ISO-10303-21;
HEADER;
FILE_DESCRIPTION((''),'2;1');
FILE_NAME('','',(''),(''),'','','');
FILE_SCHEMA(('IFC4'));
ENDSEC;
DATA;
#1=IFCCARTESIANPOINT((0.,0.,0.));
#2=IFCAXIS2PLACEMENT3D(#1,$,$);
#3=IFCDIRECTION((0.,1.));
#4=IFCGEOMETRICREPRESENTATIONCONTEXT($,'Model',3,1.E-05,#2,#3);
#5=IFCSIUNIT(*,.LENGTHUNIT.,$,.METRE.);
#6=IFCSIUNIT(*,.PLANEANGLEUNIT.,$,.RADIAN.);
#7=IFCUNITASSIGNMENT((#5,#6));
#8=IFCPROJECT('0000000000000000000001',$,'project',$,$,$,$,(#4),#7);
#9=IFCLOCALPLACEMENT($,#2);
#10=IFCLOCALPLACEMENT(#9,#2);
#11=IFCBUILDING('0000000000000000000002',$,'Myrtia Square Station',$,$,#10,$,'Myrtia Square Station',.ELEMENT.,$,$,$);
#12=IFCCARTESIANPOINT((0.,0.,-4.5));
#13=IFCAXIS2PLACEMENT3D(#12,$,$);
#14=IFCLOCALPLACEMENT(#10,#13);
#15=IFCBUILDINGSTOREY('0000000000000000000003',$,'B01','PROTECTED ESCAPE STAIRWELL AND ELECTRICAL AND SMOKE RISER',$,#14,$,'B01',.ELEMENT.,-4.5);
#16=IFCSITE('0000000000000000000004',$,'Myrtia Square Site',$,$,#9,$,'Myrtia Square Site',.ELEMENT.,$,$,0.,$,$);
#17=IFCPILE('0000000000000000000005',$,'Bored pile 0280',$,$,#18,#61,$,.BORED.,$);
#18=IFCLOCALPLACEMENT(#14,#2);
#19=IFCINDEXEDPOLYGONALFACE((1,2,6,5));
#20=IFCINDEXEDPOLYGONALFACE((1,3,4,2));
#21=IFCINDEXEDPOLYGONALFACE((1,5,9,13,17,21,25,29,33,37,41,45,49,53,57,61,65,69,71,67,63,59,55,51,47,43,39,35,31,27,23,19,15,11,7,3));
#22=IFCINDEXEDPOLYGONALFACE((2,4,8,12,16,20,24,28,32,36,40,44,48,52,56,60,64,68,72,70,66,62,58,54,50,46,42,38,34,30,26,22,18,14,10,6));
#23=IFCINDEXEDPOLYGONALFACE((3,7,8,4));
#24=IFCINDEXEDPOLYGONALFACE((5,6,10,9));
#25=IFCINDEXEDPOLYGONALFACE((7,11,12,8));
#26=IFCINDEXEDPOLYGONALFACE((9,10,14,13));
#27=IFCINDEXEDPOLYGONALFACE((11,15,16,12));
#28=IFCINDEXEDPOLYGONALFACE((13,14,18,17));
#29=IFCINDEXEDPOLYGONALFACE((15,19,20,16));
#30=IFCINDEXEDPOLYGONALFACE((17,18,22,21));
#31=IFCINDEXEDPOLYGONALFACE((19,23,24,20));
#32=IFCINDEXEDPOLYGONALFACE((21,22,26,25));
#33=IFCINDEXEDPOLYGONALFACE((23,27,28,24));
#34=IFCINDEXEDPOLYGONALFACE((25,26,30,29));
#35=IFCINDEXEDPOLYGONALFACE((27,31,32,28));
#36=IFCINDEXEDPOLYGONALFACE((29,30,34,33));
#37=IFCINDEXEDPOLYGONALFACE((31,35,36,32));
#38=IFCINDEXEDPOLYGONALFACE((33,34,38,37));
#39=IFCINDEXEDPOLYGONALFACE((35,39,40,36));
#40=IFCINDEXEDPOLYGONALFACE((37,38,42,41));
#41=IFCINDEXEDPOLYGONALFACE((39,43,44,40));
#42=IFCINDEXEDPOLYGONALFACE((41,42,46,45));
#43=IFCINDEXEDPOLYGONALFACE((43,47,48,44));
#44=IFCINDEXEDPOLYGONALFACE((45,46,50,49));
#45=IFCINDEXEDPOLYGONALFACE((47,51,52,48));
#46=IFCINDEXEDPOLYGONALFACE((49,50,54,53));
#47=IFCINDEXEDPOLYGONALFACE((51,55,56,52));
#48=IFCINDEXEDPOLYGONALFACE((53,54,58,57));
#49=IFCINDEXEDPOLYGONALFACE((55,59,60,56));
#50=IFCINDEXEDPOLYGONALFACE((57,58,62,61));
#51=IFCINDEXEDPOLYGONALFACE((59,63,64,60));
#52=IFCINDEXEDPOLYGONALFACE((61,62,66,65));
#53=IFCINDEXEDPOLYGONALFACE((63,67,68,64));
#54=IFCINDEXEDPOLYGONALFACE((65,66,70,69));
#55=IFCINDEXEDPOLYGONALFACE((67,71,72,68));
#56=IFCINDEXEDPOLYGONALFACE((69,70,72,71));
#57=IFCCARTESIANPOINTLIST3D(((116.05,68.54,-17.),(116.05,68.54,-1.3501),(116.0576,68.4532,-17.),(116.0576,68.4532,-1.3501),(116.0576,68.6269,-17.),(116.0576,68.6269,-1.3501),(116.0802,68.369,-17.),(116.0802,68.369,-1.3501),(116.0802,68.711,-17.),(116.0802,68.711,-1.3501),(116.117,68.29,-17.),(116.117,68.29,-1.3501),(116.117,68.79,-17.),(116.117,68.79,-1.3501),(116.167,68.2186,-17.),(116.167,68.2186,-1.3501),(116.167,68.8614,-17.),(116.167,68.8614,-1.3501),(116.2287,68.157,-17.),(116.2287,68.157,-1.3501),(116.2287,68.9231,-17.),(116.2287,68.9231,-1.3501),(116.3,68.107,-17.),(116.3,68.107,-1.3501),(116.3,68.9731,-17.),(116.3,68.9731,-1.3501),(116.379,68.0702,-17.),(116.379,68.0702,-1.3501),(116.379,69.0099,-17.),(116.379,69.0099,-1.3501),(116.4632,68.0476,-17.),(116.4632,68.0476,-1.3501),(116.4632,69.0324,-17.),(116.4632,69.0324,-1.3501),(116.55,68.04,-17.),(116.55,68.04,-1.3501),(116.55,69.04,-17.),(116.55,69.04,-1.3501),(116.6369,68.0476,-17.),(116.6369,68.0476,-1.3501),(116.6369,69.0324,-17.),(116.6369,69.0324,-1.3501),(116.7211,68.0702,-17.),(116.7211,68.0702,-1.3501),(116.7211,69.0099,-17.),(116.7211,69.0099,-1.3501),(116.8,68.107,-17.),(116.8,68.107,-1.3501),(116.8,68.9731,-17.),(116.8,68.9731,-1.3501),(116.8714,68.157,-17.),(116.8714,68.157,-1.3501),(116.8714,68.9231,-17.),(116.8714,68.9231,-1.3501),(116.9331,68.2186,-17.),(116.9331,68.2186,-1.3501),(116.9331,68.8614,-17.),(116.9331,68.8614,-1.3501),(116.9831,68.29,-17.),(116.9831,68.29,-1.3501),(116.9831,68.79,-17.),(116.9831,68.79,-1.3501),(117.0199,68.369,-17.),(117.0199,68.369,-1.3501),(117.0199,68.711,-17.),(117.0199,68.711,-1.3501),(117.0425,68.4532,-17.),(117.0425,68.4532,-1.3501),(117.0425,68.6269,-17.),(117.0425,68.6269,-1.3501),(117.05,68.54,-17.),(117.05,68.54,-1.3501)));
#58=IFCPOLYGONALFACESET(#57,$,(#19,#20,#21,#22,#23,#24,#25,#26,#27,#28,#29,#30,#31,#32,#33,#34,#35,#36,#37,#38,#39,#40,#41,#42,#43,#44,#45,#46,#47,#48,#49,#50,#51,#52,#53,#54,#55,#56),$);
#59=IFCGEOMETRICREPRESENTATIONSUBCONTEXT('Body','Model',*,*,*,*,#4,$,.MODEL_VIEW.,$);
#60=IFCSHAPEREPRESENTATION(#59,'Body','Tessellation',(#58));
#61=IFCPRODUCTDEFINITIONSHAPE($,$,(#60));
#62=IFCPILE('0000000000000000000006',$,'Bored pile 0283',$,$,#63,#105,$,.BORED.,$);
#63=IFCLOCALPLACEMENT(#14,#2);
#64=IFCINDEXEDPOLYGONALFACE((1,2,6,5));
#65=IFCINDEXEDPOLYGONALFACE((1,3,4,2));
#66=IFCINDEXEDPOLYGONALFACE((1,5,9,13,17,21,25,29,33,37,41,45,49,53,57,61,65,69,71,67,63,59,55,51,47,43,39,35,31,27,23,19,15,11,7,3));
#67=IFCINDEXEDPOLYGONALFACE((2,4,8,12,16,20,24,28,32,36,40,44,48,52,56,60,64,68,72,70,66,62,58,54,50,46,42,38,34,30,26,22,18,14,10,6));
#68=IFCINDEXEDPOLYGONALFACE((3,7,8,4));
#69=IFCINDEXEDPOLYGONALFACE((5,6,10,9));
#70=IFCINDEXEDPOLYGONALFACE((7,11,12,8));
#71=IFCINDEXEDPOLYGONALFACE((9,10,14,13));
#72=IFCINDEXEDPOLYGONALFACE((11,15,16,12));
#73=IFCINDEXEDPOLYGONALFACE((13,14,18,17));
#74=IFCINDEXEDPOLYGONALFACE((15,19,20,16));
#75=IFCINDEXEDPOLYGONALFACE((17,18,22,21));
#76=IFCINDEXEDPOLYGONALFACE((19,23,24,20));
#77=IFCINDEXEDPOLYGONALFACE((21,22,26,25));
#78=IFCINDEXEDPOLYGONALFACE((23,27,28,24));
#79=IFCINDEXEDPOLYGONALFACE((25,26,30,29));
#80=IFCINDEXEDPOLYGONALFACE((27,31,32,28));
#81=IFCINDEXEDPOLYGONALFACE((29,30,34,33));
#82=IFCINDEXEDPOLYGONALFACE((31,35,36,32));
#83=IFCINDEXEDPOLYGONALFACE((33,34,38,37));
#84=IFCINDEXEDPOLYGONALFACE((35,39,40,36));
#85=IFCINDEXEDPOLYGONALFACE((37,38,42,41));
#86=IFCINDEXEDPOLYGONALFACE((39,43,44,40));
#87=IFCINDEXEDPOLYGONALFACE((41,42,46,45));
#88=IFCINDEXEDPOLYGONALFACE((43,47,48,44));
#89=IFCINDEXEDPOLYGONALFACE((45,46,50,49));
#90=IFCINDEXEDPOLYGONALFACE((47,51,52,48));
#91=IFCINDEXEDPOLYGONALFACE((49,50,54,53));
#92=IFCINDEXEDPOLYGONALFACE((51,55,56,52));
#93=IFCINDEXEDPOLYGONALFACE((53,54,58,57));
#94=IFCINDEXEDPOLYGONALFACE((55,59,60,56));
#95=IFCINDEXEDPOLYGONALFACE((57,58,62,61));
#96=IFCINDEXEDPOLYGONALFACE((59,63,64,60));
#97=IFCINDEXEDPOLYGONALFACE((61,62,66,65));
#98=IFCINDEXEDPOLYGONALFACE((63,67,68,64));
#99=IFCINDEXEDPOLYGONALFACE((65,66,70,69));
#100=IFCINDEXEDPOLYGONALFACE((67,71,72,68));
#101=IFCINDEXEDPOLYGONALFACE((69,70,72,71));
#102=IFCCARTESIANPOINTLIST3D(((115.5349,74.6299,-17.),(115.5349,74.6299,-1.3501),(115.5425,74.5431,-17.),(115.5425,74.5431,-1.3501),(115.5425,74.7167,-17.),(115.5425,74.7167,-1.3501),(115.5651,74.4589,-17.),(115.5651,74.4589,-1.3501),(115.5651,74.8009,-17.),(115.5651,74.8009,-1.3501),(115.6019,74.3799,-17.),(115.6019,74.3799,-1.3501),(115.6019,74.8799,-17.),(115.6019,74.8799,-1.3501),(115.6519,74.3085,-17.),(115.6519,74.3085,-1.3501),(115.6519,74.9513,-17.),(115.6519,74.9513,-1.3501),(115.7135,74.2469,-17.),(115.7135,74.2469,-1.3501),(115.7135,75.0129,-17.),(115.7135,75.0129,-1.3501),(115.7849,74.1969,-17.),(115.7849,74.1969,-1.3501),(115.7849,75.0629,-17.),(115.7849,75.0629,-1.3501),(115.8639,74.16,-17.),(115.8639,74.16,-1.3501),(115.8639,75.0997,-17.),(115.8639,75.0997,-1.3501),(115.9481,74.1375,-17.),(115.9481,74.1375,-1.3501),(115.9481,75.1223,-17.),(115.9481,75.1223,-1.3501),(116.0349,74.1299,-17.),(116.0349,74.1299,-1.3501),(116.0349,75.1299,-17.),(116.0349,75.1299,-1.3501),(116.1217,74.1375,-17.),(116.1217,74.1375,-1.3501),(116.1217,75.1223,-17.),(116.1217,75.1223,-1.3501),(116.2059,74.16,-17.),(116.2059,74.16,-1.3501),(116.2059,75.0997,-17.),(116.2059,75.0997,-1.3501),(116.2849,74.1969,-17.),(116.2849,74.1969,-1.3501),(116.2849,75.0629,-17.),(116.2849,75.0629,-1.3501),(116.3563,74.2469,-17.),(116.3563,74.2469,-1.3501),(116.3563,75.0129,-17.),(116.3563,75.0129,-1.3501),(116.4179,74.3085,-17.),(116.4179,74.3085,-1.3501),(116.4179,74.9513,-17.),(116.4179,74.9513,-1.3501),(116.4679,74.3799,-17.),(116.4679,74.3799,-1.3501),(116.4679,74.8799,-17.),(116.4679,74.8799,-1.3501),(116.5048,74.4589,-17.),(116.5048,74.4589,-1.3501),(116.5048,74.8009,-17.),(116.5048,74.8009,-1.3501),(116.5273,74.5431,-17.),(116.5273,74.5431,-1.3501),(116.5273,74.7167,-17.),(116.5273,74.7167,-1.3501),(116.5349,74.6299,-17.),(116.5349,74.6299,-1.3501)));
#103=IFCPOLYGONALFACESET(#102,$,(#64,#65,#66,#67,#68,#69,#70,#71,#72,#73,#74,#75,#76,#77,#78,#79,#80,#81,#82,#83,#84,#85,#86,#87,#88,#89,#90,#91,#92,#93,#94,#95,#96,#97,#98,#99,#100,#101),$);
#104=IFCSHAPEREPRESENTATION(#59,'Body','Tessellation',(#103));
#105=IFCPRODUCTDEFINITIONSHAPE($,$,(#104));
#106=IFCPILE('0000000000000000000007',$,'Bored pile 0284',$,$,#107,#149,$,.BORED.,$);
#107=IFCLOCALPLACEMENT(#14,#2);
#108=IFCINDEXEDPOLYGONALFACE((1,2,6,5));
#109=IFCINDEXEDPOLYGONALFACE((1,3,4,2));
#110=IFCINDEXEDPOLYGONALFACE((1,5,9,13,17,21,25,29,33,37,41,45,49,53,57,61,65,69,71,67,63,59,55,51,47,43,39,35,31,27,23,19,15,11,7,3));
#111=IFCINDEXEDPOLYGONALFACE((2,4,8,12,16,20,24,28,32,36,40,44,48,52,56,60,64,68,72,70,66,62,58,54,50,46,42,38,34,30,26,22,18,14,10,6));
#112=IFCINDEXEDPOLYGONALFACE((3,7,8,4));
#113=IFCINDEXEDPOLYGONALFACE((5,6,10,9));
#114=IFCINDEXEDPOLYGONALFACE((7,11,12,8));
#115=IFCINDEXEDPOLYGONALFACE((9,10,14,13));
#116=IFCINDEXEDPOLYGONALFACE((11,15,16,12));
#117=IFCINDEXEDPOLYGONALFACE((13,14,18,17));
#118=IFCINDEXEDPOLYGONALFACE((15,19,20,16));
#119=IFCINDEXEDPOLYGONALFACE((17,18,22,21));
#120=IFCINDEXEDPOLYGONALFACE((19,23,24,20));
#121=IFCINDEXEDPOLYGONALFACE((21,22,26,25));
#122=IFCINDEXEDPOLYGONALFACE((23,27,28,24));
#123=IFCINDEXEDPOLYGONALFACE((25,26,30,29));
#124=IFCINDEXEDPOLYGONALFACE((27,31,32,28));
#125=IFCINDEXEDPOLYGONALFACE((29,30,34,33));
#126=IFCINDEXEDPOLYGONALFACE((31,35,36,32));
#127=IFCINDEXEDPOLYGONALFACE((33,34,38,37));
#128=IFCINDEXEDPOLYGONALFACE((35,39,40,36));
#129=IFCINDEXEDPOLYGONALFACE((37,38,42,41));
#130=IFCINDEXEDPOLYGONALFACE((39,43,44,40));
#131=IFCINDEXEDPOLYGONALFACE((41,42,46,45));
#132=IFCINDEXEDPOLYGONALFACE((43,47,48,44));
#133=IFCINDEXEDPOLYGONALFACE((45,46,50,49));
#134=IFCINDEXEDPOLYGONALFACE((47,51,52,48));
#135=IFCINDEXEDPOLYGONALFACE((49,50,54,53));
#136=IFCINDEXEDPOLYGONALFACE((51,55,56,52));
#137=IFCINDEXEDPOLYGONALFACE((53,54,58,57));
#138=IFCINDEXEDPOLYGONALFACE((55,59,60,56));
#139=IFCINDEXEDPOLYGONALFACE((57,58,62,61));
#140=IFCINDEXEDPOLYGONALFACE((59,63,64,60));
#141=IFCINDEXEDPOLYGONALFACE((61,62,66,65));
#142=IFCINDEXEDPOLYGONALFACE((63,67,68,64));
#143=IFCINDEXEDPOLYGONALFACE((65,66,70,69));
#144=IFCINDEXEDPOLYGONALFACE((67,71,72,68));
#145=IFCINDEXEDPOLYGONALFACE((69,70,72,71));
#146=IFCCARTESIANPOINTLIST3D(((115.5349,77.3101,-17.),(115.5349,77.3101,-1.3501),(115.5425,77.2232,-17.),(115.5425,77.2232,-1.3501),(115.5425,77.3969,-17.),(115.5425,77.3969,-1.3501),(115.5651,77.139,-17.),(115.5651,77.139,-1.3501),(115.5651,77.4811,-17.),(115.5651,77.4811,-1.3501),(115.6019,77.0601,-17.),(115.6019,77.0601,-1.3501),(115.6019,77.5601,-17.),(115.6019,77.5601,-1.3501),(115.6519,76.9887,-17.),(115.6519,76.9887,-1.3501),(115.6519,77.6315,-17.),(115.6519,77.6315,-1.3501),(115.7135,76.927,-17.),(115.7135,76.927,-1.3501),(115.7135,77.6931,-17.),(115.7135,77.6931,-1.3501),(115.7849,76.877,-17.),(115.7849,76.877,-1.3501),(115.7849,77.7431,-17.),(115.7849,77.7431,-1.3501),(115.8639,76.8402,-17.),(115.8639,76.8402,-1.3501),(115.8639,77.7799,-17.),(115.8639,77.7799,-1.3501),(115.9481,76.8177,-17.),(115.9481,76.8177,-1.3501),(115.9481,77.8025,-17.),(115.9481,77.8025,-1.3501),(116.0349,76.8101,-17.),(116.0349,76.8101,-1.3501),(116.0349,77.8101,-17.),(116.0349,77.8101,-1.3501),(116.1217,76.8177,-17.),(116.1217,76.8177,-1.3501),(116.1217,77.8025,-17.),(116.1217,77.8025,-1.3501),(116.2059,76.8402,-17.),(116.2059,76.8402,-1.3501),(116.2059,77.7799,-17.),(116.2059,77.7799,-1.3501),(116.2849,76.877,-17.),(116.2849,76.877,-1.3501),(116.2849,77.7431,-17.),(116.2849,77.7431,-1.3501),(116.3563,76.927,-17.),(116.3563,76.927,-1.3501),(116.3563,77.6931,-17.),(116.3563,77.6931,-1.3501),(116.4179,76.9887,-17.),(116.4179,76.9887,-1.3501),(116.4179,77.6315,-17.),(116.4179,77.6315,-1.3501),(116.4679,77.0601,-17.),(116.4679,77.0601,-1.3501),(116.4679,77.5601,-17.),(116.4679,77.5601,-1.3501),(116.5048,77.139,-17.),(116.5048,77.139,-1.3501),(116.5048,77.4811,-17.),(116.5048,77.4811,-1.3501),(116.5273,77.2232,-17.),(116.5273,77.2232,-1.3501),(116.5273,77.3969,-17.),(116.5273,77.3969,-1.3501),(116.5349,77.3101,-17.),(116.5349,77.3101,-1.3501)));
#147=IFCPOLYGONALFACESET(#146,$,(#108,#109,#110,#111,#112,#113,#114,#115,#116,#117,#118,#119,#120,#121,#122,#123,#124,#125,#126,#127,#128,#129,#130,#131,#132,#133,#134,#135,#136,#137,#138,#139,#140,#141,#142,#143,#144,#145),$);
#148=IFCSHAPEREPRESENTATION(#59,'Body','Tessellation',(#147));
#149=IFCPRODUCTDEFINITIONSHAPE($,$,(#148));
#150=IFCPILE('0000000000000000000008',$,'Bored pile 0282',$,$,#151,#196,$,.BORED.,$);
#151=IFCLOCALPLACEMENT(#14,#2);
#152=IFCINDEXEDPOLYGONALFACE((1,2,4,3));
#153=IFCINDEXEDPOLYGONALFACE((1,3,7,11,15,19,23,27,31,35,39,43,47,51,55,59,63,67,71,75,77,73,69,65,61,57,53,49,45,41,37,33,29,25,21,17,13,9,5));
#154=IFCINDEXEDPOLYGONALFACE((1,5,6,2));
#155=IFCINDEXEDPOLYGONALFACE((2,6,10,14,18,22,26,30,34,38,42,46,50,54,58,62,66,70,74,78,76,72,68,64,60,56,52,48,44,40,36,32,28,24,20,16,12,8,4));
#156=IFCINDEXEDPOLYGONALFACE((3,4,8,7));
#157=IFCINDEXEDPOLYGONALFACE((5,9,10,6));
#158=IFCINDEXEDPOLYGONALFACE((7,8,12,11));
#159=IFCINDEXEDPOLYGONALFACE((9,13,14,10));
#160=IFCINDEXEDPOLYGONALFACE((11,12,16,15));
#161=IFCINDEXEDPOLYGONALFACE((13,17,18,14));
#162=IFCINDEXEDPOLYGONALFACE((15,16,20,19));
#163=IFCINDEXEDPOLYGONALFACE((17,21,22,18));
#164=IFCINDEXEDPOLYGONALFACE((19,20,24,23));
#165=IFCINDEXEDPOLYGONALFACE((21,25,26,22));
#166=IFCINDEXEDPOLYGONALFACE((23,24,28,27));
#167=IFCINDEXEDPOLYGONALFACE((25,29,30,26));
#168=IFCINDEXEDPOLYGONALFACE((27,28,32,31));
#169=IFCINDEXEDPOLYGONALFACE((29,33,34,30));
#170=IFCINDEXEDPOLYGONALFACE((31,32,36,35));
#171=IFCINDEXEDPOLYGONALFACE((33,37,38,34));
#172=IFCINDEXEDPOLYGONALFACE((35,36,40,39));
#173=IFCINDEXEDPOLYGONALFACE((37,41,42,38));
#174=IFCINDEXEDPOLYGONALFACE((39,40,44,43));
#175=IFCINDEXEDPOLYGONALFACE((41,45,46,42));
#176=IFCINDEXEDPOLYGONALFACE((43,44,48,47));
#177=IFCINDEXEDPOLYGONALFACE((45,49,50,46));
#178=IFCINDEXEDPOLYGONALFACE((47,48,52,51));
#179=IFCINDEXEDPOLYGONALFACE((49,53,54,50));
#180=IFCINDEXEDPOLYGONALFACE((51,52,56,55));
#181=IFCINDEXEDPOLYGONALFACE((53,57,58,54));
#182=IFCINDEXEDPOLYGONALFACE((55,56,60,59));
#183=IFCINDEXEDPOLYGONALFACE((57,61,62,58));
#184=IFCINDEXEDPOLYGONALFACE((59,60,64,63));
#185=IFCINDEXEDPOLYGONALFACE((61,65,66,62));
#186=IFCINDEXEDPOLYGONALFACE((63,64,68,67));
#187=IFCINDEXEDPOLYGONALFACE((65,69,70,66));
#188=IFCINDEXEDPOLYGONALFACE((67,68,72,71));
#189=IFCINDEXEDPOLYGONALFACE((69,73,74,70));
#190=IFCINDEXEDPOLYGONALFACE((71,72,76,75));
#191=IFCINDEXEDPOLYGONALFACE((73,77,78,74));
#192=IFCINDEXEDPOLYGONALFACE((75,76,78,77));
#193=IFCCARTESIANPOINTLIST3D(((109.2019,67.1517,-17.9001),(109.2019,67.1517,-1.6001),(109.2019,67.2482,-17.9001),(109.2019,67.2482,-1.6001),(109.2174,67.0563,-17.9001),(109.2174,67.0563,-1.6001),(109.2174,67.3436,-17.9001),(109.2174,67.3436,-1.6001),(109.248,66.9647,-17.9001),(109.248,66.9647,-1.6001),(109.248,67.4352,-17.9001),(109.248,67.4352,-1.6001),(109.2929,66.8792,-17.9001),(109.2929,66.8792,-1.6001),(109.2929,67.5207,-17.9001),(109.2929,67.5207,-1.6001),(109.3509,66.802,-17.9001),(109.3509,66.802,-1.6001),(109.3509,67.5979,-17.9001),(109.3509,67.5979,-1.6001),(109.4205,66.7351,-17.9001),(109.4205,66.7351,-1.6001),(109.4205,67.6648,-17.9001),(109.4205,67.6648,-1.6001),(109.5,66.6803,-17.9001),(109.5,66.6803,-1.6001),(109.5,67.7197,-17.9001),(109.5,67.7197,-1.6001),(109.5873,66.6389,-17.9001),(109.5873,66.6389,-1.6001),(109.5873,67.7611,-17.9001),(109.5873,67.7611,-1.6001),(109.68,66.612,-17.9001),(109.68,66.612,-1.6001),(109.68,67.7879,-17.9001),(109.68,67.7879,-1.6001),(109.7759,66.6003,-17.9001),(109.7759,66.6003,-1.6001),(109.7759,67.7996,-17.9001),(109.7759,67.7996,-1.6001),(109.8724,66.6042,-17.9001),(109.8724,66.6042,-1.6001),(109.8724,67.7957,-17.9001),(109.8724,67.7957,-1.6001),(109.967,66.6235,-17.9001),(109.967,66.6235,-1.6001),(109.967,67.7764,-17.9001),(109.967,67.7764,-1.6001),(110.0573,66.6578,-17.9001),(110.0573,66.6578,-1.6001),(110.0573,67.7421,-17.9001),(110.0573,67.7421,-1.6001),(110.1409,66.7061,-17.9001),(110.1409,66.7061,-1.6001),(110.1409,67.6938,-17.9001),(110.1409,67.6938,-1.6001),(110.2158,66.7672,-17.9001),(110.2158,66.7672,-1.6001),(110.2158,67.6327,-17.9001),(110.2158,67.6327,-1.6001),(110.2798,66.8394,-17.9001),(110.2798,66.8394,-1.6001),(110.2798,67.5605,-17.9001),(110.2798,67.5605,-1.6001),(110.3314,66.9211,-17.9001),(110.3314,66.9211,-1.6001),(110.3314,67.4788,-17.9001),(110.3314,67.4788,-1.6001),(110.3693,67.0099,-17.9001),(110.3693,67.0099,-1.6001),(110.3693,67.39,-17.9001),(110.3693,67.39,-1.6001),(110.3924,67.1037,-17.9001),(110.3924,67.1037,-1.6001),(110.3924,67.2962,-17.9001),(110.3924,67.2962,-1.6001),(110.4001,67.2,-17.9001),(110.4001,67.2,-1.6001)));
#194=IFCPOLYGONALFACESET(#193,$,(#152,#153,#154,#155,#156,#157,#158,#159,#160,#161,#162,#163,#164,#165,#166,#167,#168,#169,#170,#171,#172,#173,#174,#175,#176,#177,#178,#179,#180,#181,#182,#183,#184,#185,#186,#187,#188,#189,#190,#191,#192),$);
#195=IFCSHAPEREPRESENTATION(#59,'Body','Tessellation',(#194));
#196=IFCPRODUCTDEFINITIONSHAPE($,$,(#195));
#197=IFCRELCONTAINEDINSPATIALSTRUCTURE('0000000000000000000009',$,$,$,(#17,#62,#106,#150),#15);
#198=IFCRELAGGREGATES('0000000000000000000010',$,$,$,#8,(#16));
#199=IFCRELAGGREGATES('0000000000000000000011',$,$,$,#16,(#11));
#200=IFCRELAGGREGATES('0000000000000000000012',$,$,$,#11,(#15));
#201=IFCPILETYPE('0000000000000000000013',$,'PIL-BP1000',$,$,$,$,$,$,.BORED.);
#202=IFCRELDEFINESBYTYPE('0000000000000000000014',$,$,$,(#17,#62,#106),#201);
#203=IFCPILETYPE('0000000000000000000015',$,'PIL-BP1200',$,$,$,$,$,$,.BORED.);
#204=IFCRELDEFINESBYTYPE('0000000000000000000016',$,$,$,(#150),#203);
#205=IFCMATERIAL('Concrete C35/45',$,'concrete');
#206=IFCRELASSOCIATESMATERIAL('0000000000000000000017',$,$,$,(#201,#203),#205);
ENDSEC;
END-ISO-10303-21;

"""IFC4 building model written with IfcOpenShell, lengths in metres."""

from ifc_helpers import new_model, si_unit, direction, frame, origin, origin_2d, place, context, subcontext, project, spatial, circle, extrude, material, material_profile, profile_set, type_object, element, save


model = new_model("IFC4")

# Units and contexts
model_context = context("Model", 3, precision=1e-05, world=origin(), true_north=direction((0.0, 1.0)))
body_context = subcontext(model_context, "Body", "Model", "MODEL_VIEW")
ifc_project = project(units=[si_unit("LENGTHUNIT", "METRE"), si_unit("PLANEANGLEUNIT", "RADIAN")], contexts=[model_context])

# Site, building, storey
site_placement = place(None, origin())
site = spatial("IfcSite", under=ifc_project, at=site_placement, Name="Myrtia Square Site", LongName="Myrtia Square Site", CompositionType="ELEMENT", RefElevation=0.0)
building_placement = place(site_placement, origin())
building = spatial("IfcBuilding", under=site, at=building_placement, Name="Myrtia Square Station", LongName="Myrtia Square Station", CompositionType="ELEMENT")
storey_placement = place(building_placement, frame((0.0, 0.0, -4.5)))
storey = spatial("IfcBuildingStorey", under=building, at=storey_placement, Name="B01", Description="PROTECTED ESCAPE STAIRWELL AND ELECTRICAL AND SMOKE RISER", LongName="B01", CompositionType="ELEMENT", Elevation=-4.5)

# Shared definitions
ifc_material_1 = material(Name="Concrete C35/45", Category="concrete")

# Piles
ifc_material_profile_1 = material_profile(ifc_material_1, circle(Radius=0.5, at=origin_2d()), Name="BP D1000")
ifc_profile_set_1 = profile_set([ifc_material_profile_1], Name="Concrete C35/45")
pile_type_1 = type_object("IfcPileType", Name="PIL-BP1000", PredefinedType="BORED", material=ifc_profile_set_1)
for number, where, z_axis, x_axis, name in (
    (1, (116.55, 68.54, -1.3501), (0.0, 0.0, -1.0), (1.0, 0.0, 0.0), "Bored pile 0280"),
    (2, (116.0349, 74.6299, -1.3501), (0.0, 0.0, -1.0), (1.0, 0.0, 0.0), "Bored pile 0283"),
    (3, (116.0349, 77.3101, -1.3501), (0.0, 0.0, -1.0), (1.0, 0.0, 0.0), "Bored pile 0284"),
):
    element("IfcPile", number, at=place(storey_placement, frame(where, z_axis=z_axis, x_axis=x_axis)), inside=storey, type_object=pile_type_1, Name=name, PredefinedType="BORED", context=body_context, shape_type="SweptSolid", body=[
        extrude(circle(Radius=0.5, at=origin_2d()), origin(), (0.0, 0.0, 1.0), 15.6499),
    ])
ifc_material_profile_2 = material_profile(ifc_material_1, circle(Radius=0.6001, at=origin_2d()), Name="BP D1200")
ifc_profile_set_2 = profile_set([ifc_material_profile_2], Name="Concrete C35/45")
pile_type_2 = type_object("IfcPileType", Name="PIL-BP1200", PredefinedType="BORED", material=ifc_profile_set_2)
for number, where, z_axis, x_axis, name in (
    (4, (109.8, 67.2, -1.6001), (0.0, 0.0, -1.0), (1.0, 0.0, 0.0), "Bored pile 0282"),
):
    element("IfcPile", number, at=place(storey_placement, frame(where, z_axis=z_axis, x_axis=x_axis)), inside=storey, type_object=pile_type_2, Name=name, PredefinedType="BORED", context=body_context, shape_type="SweptSolid", body=[
        extrude(circle(Radius=0.6001, at=origin_2d()), origin(), (0.0, 0.0, 1.0), 16.3),
    ])

save(model, "model.ifc")
